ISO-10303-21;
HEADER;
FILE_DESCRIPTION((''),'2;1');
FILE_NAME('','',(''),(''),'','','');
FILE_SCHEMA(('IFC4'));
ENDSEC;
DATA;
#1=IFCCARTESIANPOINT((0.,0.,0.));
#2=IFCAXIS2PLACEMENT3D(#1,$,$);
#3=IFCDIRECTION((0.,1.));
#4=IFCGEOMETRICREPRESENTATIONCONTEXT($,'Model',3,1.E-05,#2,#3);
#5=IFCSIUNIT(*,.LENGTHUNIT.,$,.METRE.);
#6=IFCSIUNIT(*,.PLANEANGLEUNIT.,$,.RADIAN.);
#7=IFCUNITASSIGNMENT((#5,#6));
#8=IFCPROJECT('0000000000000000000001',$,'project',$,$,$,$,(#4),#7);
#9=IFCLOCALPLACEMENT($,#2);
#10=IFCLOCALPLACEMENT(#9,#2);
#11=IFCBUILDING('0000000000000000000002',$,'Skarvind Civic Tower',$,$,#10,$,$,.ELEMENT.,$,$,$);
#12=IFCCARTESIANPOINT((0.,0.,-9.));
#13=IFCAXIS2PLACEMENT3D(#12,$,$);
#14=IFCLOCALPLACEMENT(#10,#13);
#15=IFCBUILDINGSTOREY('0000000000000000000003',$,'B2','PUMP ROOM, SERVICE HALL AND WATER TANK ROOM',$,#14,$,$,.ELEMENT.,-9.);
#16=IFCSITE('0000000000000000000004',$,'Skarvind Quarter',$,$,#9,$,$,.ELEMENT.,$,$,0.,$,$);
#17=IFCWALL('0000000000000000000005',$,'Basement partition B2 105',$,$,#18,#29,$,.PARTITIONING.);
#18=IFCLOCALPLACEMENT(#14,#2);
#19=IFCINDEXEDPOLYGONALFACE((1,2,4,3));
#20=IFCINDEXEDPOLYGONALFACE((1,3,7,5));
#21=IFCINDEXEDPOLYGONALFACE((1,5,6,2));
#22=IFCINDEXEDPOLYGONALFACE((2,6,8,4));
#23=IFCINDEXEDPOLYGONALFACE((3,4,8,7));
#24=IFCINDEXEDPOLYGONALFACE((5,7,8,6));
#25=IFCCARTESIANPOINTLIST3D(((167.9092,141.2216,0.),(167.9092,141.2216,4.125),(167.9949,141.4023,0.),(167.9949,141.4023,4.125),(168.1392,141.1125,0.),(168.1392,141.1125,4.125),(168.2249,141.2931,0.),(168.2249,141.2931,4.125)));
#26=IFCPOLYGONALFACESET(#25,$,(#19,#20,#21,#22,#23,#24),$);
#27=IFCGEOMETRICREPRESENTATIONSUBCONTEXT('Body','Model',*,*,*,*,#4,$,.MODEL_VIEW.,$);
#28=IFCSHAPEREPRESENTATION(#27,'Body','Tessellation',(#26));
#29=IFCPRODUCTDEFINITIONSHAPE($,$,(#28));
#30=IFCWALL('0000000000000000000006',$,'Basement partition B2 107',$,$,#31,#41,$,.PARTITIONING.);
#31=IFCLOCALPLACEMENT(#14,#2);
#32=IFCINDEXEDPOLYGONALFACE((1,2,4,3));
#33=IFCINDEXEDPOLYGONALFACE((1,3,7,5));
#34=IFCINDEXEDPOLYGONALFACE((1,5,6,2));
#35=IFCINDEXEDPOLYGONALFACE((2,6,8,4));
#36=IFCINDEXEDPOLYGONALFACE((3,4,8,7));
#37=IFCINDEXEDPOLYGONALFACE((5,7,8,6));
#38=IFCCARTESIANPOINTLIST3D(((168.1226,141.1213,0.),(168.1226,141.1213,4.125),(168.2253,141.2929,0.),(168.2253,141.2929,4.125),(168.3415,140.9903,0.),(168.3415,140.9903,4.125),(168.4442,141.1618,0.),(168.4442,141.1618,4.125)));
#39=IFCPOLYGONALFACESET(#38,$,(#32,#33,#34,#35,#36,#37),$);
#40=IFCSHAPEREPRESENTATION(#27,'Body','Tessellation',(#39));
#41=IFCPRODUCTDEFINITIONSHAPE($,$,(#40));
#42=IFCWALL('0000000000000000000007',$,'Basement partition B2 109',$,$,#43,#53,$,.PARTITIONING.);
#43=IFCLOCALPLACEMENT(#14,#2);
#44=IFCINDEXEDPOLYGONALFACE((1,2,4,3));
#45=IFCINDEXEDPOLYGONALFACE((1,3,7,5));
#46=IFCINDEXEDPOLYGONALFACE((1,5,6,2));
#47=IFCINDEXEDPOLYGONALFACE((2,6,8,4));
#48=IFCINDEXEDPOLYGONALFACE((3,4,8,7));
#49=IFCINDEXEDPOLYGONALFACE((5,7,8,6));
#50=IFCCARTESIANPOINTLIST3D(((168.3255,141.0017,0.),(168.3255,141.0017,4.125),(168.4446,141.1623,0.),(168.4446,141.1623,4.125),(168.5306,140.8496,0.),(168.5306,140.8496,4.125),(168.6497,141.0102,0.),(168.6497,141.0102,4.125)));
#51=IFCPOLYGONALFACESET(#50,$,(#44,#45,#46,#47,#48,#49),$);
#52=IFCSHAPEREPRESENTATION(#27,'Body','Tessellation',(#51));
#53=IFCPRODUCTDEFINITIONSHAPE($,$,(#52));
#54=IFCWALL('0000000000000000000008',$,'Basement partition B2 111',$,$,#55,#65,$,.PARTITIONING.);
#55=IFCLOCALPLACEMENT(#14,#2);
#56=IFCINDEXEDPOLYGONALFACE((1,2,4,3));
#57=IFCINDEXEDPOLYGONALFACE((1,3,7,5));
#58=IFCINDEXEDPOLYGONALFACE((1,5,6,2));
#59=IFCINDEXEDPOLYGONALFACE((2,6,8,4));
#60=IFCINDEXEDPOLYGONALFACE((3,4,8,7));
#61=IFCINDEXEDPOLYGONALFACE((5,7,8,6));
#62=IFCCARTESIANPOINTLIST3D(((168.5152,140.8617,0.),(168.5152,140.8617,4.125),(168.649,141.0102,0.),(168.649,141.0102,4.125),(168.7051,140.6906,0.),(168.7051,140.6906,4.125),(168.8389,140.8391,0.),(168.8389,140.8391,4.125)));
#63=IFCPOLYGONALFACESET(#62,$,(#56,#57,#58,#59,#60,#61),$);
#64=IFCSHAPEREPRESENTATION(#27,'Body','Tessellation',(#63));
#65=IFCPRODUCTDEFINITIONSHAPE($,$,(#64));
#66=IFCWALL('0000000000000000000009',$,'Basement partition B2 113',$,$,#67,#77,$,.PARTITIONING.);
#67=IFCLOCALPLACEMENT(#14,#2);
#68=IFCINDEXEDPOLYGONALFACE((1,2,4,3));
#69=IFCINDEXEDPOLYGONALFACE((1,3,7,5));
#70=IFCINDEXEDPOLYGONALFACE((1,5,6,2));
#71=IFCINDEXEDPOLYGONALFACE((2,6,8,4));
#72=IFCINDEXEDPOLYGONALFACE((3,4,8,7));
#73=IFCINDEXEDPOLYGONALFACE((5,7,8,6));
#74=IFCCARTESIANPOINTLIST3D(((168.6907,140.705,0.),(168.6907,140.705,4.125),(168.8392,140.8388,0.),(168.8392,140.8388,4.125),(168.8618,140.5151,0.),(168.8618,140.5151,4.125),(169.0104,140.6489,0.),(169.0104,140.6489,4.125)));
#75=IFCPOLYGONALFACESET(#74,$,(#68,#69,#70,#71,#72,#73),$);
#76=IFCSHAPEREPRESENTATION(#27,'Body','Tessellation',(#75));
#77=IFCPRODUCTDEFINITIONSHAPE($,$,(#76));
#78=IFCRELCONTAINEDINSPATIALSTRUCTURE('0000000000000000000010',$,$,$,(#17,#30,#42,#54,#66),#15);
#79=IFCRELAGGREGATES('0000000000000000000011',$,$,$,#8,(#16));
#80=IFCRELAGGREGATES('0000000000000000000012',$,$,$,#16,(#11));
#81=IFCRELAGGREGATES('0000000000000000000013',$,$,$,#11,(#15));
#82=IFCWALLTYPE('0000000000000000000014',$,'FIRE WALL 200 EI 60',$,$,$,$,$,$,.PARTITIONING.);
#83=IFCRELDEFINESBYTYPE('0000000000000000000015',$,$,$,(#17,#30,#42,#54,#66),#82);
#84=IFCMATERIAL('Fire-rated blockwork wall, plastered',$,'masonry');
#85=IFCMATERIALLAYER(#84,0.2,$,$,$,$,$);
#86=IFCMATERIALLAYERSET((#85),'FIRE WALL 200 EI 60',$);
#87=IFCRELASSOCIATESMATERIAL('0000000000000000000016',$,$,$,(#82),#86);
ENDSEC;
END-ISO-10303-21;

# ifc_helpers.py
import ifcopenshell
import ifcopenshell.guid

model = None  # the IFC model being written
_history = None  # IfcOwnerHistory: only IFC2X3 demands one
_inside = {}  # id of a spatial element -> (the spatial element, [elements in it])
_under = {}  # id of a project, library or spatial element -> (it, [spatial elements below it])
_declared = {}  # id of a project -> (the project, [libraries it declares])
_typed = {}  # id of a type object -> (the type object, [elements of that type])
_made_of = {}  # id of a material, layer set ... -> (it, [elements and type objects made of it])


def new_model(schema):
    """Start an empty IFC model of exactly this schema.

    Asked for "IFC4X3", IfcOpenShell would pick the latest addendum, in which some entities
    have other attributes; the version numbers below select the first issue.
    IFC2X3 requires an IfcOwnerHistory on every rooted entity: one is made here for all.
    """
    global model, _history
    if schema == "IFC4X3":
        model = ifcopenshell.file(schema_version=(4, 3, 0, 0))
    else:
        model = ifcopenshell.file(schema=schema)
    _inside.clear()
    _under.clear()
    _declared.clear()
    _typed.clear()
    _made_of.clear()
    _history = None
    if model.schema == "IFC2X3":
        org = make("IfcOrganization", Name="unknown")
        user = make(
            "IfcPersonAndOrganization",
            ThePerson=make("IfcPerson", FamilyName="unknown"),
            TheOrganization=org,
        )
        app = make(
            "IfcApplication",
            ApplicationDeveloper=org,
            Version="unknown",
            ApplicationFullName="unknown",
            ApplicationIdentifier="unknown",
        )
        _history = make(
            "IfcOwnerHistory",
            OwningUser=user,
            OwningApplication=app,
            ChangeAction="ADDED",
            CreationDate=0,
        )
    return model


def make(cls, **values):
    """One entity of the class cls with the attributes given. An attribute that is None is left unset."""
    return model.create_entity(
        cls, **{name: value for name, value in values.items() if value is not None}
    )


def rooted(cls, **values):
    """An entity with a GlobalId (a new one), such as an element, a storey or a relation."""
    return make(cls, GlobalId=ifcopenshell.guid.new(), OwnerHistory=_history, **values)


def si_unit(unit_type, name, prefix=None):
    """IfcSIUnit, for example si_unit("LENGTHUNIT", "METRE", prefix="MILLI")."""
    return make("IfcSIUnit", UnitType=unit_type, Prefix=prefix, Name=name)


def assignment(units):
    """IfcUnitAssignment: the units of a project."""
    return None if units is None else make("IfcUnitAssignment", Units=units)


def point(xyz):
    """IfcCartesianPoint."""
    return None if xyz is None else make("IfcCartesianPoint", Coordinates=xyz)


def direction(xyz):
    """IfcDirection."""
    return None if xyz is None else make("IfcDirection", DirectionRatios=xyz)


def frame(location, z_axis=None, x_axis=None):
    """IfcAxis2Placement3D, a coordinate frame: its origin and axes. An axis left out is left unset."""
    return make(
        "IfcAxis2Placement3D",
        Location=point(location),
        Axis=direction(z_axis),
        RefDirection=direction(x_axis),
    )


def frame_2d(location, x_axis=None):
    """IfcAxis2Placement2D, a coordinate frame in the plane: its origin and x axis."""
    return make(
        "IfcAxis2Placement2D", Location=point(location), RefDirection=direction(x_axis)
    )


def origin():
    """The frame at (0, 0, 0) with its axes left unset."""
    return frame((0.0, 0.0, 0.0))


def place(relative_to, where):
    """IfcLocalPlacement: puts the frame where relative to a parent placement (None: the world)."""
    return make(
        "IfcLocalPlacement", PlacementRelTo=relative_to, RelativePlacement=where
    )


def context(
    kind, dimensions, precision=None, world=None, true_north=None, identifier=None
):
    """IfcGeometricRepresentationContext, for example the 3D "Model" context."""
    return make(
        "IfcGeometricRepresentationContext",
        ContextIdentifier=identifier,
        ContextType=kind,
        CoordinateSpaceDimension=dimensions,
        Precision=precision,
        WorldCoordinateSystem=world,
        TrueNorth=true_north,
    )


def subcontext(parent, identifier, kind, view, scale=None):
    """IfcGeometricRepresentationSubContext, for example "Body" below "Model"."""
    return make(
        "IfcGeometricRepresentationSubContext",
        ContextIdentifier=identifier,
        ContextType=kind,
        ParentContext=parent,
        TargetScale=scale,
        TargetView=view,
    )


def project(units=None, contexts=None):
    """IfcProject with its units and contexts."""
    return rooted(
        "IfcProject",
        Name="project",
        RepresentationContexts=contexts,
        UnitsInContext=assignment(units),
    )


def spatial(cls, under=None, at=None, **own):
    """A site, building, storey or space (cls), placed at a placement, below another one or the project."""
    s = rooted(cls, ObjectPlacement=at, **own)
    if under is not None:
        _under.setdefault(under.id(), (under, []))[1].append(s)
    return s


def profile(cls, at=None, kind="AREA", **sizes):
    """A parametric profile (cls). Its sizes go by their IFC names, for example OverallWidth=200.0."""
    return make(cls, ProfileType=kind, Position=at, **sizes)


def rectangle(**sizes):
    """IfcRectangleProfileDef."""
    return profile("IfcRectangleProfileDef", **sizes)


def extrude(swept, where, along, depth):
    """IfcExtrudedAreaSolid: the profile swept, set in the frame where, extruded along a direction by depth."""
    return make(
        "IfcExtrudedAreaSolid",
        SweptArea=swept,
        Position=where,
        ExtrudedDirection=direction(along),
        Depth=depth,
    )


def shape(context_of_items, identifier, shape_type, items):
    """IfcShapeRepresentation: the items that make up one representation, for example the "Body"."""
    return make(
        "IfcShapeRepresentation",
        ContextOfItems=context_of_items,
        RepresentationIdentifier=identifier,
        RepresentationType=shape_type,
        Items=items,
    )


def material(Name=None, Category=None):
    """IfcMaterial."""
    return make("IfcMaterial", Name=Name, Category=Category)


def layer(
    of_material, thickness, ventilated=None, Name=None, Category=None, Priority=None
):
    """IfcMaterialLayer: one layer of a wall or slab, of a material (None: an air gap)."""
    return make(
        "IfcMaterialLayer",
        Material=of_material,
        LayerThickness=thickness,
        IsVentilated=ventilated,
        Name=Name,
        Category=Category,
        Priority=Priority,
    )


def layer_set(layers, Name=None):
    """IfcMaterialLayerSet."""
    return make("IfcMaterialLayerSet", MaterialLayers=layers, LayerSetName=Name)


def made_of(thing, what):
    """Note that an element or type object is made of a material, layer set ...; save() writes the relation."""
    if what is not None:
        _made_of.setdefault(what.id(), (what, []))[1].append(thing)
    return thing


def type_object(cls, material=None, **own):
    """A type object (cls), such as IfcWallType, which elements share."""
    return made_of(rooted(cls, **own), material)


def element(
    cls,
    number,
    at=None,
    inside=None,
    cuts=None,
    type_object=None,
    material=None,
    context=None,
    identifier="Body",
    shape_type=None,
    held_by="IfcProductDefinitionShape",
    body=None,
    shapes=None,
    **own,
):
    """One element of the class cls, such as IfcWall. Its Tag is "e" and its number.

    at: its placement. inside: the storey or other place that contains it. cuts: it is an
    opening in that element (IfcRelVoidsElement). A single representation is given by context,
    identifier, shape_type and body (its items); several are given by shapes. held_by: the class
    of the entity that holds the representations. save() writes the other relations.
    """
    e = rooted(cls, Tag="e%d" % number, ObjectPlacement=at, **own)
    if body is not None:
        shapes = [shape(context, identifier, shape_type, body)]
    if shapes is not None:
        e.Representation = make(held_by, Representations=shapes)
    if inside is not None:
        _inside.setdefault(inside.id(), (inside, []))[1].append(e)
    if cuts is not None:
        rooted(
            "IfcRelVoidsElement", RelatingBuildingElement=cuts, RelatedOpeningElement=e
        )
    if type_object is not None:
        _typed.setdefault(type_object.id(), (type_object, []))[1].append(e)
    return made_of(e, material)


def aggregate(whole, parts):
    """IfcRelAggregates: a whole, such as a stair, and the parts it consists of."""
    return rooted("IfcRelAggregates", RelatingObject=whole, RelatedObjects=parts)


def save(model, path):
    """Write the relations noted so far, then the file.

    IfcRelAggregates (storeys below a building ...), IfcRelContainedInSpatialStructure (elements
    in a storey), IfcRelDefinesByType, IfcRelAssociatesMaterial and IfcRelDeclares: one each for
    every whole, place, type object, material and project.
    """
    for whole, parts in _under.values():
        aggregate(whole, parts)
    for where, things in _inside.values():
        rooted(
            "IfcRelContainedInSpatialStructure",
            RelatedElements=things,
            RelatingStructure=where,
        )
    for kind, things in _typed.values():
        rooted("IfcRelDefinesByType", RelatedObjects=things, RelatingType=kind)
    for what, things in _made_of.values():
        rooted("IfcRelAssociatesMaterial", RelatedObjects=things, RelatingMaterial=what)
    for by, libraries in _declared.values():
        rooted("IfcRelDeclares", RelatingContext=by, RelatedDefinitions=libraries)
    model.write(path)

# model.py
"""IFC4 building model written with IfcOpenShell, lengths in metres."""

from ifc_helpers import new_model, si_unit, direction, frame, frame_2d, origin, place, context, subcontext, project, spatial, rectangle, extrude, material, layer, layer_set, type_object, element, save


model = new_model("IFC4")

# Units and contexts
model_context = context("Model", 3, precision=1e-05, world=origin(), true_north=direction((0.0, 1.0)))
body_context = subcontext(model_context, "Body", "Model", "MODEL_VIEW")
ifc_project = project(units=[si_unit("LENGTHUNIT", "METRE"), si_unit("PLANEANGLEUNIT", "RADIAN")], contexts=[model_context])

# Site, building, storey
site_placement = place(None, origin())
site = spatial("IfcSite", under=ifc_project, at=site_placement, Name="Skarvind Quarter", CompositionType="ELEMENT", RefElevation=0.0)
building_placement = place(site_placement, origin())
building = spatial("IfcBuilding", under=site, at=building_placement, Name="Skarvind Civic Tower", CompositionType="ELEMENT")
storey_placement = place(building_placement, frame((0.0, 0.0, -9.0)))
storey = spatial("IfcBuildingStorey", under=building, at=storey_placement, Name="B2", Description="PUMP ROOM, SERVICE HALL AND WATER TANK ROOM", CompositionType="ELEMENT", Elevation=-9.0)

# Walls
ifc_material_1 = material(Name="Fire-rated blockwork wall, plastered", Category="masonry")
ifc_layer_1 = layer(ifc_material_1, 0.2)
ifc_layer_set_1 = layer_set([ifc_layer_1], Name="FIRE WALL 200 EI 60")
wall_type_1 = type_object("IfcWallType", Name="FIRE WALL 200 EI 60", PredefinedType="PARTITIONING", material=ifc_layer_set_1)
wall_1_placement = place(storey_placement, frame((167.9519, 141.312, 0.0), z_axis=(0.0, 0.0, 1.0), x_axis=(0.903445, -0.428705, 0.0)))
element("IfcWall", 1, at=wall_1_placement, inside=storey, type_object=wall_type_1, Name="Basement partition B2 105", PredefinedType="PARTITIONING", context=body_context, shape_type="SweptSolid", body=[
    extrude(rectangle(XDim=0.2546, YDim=0.2, at=frame_2d((0.1274, 0.0))), origin(), (0.0, 0.0, 1.0), 4.125),
])
wall_2_placement = place(storey_placement, frame((168.1741, 141.207, 0.0), z_axis=(0.0, 0.0, 1.0), x_axis=(0.857999, -0.513652, 0.0)))
element("IfcWall", 2, at=wall_2_placement, inside=storey, type_object=wall_type_1, Name="Basement partition B2 107", PredefinedType="PARTITIONING", context=body_context, shape_type="SweptSolid", body=[
    extrude(rectangle(XDim=0.2551, YDim=0.2, at=frame_2d((0.1274, 0.0))), origin(), (0.0, 0.0, 1.0), 4.125),
])
wall_3_placement = place(storey_placement, frame((168.385, 141.082, 0.0), z_axis=(0.0, 0.0, 1.0), x_axis=(0.803201, -0.595708, 0.0)))
element("IfcWall", 3, at=wall_3_placement, inside=storey, type_object=wall_type_1, Name="Basement partition B2 109", PredefinedType="PARTITIONING", context=body_context, shape_type="SweptSolid", body=[
    extrude(rectangle(XDim=0.2554, YDim=0.2, at=frame_2d((0.1277, 0.0))), origin(), (0.0, 0.0, 1.0), 4.125),
])
for number, where, z_axis, x_axis, name in (
    (4, (168.582, 140.936, 0.0), (0.0, 0.0, 1.0), (0.742914, -0.669387, 0.0), "Basement partition B2 111"),
    (5, (168.7649, 140.772, 0.0), (0.0, 0.0, 1.0), (0.669387, -0.742914, 0.0), "Basement partition B2 113"),
):
    element("IfcWall", number, at=place(storey_placement, frame(where, z_axis=z_axis, x_axis=x_axis)), inside=storey, type_object=wall_type_1, Name=name, PredefinedType="PARTITIONING", context=body_context, shape_type="SweptSolid", body=[
        extrude(rectangle(XDim=0.2556, YDim=0.2, at=frame_2d((0.1279, 0.0))), origin(), (0.0, 0.0, 1.0), 4.125),
    ])

save(model, "model.ifc")
